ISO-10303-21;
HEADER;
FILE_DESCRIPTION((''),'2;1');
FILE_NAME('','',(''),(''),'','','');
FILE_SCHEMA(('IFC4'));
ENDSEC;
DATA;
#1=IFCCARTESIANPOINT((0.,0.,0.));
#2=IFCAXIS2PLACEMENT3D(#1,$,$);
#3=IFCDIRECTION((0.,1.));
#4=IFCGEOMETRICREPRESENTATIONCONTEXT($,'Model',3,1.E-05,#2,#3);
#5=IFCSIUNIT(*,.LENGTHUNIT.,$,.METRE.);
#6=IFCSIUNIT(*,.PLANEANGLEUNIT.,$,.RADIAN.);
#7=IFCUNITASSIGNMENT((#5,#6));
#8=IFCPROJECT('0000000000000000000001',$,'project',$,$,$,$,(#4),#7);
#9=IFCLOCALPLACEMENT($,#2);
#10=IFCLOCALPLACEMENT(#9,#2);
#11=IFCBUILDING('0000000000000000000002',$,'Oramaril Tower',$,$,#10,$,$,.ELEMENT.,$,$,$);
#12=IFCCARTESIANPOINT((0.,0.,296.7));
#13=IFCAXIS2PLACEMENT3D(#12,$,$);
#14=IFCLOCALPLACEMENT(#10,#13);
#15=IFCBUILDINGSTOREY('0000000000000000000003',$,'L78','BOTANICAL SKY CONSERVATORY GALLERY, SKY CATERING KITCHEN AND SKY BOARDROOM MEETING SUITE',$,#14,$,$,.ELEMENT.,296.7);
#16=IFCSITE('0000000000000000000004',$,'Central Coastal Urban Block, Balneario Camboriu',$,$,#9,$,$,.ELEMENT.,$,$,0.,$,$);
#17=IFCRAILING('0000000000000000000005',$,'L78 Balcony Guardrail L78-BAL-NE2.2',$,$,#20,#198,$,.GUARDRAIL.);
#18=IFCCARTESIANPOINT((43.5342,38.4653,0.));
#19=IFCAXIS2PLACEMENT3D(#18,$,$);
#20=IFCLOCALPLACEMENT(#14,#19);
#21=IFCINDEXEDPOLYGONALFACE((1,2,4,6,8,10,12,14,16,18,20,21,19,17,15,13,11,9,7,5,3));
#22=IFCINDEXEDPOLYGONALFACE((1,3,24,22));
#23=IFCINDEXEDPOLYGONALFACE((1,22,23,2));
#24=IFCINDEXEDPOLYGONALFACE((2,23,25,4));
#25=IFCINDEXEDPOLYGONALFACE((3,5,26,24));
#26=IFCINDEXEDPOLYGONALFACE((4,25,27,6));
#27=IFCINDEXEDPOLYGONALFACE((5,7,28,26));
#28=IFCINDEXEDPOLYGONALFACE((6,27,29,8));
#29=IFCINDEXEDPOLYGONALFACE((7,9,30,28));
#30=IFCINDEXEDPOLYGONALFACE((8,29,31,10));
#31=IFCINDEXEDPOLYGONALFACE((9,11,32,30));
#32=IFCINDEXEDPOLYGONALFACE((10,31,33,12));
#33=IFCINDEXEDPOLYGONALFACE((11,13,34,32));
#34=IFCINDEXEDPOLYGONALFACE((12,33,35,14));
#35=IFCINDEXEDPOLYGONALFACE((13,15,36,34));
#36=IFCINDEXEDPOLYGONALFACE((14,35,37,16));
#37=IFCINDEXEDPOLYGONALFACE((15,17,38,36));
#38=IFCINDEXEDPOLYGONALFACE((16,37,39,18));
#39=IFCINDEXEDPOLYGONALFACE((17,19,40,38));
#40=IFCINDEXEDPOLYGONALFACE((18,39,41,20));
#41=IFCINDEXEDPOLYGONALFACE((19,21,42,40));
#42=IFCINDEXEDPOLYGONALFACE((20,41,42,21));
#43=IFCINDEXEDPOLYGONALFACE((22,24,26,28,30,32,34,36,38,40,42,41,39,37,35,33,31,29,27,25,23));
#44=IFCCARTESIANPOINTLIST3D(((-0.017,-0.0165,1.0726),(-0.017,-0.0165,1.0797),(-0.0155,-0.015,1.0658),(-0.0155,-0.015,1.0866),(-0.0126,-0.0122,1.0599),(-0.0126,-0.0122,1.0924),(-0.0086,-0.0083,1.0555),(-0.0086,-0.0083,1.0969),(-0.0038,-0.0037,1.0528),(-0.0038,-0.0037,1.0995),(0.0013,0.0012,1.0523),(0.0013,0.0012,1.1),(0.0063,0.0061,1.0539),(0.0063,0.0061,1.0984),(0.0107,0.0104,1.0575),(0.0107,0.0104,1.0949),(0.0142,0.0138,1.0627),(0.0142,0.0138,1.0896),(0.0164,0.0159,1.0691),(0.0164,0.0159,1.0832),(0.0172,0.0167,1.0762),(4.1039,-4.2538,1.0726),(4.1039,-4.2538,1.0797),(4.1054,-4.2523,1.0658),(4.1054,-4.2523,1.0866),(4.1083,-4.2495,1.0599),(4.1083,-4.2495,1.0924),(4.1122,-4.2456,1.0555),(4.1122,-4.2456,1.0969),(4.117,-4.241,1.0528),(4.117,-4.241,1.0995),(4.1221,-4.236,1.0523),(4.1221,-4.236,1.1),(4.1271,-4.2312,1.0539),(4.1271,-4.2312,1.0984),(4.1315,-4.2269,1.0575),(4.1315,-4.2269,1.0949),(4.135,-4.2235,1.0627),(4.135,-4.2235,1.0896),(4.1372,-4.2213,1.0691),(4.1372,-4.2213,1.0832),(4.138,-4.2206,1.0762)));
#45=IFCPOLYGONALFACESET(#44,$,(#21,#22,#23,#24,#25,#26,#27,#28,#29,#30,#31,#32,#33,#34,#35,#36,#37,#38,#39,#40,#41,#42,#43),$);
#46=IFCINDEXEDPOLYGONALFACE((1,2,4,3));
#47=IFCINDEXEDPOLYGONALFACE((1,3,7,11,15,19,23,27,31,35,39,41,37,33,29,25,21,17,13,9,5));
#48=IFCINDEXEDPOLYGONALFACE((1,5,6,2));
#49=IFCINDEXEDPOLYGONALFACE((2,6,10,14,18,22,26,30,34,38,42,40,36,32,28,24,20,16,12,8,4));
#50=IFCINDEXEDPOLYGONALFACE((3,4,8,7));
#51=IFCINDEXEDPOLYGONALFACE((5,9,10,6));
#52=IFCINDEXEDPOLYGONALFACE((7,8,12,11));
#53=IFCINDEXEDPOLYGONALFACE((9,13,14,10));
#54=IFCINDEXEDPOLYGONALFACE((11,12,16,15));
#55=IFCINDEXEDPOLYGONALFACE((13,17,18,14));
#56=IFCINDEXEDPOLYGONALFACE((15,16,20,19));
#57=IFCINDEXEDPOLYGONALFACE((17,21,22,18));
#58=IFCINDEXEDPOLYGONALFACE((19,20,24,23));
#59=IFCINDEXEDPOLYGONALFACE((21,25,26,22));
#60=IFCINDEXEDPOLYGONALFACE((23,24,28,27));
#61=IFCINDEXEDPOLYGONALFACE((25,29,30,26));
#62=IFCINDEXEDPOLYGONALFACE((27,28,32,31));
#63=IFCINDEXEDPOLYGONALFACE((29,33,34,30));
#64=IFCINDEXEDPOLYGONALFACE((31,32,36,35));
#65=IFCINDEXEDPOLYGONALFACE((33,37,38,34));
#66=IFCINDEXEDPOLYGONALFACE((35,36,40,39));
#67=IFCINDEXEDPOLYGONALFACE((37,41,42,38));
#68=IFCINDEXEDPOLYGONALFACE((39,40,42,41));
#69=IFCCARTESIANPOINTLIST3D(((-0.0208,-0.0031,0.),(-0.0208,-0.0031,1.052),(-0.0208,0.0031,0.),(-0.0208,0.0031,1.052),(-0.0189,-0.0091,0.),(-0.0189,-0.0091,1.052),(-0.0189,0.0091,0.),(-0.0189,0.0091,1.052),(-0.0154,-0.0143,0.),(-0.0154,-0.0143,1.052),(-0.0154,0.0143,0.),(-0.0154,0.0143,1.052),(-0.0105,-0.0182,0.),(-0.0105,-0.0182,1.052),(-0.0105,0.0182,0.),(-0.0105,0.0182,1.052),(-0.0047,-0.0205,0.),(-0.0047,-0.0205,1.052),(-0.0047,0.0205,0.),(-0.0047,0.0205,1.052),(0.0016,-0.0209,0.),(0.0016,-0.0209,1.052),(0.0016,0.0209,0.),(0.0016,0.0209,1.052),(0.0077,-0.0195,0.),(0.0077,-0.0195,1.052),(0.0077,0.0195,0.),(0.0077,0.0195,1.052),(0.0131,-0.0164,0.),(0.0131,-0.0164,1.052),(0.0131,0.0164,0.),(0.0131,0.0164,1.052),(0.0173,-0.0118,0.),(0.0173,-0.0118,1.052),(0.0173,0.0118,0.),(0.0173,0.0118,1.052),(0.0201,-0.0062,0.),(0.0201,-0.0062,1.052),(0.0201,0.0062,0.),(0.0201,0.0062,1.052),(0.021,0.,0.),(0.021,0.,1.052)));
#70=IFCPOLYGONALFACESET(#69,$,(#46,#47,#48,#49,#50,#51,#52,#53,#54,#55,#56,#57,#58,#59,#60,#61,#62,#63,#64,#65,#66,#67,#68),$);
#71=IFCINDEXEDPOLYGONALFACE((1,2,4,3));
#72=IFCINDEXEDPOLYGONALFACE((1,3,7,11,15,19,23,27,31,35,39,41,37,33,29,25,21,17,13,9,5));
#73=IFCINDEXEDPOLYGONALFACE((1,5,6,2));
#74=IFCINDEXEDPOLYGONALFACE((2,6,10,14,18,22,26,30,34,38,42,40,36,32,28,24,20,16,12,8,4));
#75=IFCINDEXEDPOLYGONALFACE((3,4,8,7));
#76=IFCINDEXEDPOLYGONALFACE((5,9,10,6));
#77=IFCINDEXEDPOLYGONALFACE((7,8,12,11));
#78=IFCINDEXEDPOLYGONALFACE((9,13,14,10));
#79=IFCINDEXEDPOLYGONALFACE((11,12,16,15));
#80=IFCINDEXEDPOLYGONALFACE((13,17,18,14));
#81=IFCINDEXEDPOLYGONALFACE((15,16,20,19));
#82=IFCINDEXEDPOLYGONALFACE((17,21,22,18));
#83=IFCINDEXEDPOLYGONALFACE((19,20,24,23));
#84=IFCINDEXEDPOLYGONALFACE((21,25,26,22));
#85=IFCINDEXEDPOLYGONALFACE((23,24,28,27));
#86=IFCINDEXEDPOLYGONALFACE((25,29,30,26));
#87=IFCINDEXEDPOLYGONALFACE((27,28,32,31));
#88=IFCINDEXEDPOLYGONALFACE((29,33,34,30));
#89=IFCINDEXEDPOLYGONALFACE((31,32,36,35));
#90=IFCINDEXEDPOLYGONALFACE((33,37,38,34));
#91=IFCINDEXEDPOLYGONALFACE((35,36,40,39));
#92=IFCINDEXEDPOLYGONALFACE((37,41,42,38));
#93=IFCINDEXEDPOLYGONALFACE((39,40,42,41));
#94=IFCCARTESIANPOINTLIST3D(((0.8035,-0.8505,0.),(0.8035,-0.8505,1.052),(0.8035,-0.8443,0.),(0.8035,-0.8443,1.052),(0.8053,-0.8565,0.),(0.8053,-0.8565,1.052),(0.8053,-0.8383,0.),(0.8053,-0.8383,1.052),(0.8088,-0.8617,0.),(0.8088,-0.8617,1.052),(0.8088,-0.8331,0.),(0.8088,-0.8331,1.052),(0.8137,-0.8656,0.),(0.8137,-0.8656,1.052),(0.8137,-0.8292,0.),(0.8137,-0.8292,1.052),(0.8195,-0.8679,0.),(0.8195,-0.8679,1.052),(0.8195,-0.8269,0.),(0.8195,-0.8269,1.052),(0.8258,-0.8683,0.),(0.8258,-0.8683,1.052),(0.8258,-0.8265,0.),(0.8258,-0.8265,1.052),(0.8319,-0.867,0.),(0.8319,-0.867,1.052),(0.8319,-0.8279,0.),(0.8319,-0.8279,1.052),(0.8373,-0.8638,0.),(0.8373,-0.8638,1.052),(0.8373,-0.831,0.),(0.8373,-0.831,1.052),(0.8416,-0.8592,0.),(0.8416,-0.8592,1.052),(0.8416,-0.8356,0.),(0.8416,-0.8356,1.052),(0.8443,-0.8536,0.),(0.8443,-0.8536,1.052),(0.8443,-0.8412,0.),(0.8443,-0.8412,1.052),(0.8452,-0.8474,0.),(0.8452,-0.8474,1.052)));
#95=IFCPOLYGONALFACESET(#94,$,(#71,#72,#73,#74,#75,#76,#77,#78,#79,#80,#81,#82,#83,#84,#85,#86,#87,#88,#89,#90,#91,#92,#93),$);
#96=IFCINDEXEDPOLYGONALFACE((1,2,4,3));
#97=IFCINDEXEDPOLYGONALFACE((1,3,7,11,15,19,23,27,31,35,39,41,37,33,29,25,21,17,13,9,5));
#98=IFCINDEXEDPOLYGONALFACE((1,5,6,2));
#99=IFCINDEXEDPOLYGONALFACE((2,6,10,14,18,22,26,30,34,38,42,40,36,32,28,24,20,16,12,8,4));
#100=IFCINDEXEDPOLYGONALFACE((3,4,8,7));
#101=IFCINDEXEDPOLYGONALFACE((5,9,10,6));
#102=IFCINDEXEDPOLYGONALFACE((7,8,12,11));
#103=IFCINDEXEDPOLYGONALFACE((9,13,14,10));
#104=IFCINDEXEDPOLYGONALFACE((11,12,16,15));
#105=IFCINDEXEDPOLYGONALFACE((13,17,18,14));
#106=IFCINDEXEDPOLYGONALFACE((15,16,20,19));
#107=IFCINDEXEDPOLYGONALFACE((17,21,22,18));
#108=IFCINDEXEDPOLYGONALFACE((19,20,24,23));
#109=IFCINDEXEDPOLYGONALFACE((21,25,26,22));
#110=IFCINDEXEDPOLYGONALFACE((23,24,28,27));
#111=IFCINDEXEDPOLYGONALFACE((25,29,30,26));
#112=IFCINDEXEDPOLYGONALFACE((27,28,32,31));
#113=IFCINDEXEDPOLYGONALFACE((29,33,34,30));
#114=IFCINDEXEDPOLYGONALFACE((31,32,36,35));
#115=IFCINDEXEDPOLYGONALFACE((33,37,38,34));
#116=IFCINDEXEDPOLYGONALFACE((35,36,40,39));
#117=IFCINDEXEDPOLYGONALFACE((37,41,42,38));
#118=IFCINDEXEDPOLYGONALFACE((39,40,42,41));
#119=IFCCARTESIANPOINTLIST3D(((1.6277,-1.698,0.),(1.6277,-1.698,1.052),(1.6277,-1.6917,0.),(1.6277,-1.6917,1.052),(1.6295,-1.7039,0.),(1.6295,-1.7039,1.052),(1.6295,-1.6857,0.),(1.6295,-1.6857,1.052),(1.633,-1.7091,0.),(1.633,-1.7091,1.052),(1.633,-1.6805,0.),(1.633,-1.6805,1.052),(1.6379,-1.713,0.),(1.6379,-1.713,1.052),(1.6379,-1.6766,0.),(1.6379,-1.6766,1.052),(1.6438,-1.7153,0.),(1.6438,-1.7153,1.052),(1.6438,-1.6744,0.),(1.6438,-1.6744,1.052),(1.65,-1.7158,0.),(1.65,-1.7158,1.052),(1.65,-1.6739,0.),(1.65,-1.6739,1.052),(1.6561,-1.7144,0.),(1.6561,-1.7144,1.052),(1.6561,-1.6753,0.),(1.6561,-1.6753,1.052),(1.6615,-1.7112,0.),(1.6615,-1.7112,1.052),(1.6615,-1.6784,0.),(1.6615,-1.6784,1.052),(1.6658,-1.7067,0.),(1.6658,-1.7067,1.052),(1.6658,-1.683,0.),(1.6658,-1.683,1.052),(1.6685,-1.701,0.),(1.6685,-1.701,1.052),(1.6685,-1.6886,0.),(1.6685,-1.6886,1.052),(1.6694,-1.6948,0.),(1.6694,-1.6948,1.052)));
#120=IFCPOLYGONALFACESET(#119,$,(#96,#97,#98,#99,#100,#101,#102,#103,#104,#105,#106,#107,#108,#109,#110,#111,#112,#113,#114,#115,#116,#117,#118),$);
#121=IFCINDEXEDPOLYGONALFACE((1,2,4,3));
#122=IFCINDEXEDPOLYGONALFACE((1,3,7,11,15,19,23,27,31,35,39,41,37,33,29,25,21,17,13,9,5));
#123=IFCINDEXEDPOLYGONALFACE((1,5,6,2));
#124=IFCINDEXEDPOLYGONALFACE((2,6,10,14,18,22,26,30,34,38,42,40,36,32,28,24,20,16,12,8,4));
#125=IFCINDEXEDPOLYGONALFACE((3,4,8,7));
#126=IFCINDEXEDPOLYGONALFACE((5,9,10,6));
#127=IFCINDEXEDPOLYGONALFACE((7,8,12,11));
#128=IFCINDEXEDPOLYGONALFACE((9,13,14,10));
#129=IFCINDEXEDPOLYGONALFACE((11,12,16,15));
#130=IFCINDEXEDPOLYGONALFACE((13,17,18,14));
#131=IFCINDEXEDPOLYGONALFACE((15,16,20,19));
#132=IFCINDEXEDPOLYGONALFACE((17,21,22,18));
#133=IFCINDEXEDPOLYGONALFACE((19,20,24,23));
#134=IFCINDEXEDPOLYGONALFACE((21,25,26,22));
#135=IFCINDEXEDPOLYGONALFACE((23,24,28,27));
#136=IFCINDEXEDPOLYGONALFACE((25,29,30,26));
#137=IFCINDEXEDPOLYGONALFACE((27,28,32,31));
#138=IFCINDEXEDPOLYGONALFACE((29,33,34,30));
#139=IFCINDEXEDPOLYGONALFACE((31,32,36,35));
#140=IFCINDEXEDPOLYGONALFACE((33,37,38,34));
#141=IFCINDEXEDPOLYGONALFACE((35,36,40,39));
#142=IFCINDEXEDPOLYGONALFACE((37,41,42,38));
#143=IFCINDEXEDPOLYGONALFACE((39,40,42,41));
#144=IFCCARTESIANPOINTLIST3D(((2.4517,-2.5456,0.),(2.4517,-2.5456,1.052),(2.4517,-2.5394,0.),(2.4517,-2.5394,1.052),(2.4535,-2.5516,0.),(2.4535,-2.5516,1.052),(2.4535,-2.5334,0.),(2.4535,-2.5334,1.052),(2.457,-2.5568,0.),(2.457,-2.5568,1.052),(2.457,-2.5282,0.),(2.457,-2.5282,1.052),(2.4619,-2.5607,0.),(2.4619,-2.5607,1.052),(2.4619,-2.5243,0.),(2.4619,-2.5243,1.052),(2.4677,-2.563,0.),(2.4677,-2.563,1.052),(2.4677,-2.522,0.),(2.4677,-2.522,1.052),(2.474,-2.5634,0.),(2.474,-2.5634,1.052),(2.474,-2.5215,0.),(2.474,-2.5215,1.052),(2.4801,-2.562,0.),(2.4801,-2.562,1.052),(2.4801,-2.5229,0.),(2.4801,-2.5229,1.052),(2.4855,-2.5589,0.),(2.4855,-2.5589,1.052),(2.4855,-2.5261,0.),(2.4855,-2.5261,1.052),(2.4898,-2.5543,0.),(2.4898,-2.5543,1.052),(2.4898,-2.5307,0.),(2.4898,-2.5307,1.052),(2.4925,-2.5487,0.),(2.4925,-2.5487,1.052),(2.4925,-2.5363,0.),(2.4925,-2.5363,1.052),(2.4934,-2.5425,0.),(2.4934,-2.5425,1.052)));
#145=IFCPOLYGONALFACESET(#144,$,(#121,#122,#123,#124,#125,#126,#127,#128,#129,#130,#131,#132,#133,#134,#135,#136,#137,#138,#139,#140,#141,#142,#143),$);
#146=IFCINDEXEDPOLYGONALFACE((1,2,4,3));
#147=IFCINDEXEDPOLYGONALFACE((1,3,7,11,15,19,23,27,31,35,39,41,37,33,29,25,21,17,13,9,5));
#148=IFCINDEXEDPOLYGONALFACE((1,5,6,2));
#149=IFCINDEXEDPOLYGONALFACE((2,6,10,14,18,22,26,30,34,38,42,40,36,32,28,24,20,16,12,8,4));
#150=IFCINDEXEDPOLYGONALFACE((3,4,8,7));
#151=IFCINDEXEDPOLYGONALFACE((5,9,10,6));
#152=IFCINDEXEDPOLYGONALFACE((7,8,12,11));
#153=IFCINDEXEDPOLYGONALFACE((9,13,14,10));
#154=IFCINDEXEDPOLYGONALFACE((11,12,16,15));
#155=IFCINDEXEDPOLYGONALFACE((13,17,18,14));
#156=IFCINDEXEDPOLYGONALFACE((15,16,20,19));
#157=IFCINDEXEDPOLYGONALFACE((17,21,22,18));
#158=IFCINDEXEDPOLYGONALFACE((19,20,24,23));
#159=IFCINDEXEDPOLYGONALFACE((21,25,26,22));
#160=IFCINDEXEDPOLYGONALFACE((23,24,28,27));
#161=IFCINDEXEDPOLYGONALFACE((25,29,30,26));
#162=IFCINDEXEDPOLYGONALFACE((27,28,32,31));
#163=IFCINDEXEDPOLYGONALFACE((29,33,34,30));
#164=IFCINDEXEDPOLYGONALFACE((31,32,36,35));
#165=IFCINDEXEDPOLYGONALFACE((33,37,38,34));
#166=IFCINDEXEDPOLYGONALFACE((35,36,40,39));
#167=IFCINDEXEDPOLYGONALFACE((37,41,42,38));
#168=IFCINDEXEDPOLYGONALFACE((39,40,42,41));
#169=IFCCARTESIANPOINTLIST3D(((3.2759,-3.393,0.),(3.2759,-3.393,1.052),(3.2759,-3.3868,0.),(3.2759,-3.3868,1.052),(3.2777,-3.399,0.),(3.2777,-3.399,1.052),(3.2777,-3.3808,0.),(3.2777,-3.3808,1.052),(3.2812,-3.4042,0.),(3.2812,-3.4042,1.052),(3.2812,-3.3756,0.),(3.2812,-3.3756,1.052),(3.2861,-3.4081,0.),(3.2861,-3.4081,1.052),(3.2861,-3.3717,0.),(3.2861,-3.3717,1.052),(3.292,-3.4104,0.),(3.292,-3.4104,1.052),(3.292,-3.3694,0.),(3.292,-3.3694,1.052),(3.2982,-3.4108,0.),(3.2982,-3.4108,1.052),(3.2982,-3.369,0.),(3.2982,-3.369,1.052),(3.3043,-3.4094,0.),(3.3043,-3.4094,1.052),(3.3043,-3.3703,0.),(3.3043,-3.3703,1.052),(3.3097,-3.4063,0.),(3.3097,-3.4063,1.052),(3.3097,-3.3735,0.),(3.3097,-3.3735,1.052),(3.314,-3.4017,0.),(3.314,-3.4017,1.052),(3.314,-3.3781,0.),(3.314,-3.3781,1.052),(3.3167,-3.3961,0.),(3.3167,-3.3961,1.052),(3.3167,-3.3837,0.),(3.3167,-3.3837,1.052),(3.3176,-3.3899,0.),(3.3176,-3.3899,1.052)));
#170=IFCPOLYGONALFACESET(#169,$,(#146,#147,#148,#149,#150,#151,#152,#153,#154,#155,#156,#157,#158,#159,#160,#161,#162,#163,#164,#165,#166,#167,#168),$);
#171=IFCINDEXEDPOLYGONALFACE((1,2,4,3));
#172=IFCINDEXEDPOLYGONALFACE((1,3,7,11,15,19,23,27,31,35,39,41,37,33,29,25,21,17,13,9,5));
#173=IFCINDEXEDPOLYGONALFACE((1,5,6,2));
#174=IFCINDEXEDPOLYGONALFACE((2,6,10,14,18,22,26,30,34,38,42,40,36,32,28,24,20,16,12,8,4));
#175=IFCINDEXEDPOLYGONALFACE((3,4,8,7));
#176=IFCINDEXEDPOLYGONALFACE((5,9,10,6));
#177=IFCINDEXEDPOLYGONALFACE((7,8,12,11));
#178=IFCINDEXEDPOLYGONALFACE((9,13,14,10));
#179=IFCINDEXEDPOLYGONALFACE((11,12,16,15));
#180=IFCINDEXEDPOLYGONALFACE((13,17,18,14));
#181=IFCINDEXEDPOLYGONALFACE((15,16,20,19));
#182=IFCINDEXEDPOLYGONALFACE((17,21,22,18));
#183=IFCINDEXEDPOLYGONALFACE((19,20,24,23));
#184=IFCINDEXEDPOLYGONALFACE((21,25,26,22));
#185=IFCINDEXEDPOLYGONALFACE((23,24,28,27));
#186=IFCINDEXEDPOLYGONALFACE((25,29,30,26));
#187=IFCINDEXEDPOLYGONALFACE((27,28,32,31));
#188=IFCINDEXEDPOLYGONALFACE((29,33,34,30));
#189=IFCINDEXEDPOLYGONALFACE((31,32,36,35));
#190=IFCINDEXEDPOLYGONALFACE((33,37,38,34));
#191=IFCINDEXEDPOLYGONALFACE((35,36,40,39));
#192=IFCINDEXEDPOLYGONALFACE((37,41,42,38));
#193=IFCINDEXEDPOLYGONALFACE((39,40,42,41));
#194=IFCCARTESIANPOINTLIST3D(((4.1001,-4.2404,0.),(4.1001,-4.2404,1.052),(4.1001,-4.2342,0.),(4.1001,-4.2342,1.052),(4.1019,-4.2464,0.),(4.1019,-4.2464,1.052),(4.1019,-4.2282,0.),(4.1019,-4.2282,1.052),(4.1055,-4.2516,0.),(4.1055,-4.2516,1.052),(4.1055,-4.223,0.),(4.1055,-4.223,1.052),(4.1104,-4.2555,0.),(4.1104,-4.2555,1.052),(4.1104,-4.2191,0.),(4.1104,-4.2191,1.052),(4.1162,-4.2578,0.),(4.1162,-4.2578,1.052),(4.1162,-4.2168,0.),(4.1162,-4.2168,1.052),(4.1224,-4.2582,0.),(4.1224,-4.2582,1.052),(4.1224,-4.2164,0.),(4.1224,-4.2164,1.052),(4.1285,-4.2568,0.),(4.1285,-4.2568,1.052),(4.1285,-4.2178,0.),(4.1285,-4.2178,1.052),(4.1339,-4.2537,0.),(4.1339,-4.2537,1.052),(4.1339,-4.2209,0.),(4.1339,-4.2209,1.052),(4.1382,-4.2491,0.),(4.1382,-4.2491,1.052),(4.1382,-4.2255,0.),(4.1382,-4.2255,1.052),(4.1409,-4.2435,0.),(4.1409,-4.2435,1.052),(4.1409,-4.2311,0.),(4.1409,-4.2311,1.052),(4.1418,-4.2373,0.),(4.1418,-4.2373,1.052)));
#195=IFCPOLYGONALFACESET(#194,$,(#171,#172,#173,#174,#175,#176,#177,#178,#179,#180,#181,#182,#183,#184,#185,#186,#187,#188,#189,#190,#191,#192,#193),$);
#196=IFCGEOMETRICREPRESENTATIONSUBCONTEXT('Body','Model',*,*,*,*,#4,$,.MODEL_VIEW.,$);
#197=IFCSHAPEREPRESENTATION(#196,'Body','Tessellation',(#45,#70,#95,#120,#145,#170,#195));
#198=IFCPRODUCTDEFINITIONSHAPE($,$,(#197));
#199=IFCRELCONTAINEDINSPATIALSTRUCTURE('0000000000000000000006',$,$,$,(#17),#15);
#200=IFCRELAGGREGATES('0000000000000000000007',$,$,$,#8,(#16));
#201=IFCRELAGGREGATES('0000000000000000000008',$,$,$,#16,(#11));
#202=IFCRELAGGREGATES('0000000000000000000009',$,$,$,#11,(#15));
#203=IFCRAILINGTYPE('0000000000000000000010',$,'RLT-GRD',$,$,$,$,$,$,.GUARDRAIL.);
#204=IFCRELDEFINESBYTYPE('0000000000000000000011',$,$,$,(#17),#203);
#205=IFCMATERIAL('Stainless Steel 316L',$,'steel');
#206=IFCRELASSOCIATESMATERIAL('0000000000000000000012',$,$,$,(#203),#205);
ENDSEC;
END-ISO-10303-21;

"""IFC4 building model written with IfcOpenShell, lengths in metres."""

from ifc_helpers import new_model, si_unit, direction, frame, origin, origin_2d, place, context, subcontext, project, spatial, circle, extrude, material, type_object, element, save


model = new_model("IFC4")

# Units and contexts
model_context = context("Model", 3, precision=1e-05, world=origin(), true_north=direction((0.0, 1.0)))
body_context = subcontext(model_context, "Body", "Model", "MODEL_VIEW")
ifc_project = project(units=[si_unit("LENGTHUNIT", "METRE"), si_unit("PLANEANGLEUNIT", "RADIAN")], contexts=[model_context])

# Site, building, storey
site_placement = place(None, origin())
site = spatial("IfcSite", under=ifc_project, at=site_placement, Name="Central Coastal Urban Block, Balneario Camboriu", CompositionType="ELEMENT", RefElevation=0.0)
building_placement = place(site_placement, origin())
building = spatial("IfcBuilding", under=site, at=building_placement, Name="Oramaril Tower", CompositionType="ELEMENT")
storey_placement = place(building_placement, frame((0.0, 0.0, 296.7)))
storey = spatial("IfcBuildingStorey", under=building, at=storey_placement, Name="L78", Description="BOTANICAL SKY CONSERVATORY GALLERY, SKY CATERING KITCHEN AND SKY BOARDROOM MEETING SUITE", CompositionType="ELEMENT", Elevation=296.7)

# Railing
ifc_material_1 = material(Name="Stainless Steel 316L", Category="steel")
railing_type = type_object("IfcRailingType", Name="RLT-GRD", PredefinedType="GUARDRAIL", material=ifc_material_1)
railing_1_placement = place(storey_placement, frame((43.5342, 38.4653, 0.0)))
element("IfcRailing", 1, at=railing_1_placement, inside=storey, type_object=railing_type, Name="L78 Balcony Guardrail L78-BAL-NE2.2", PredefinedType="GUARDRAIL", context=body_context, shape_type="SweptSolid", body=[
    extrude(circle(Radius=0.0239, at=origin_2d()), frame((0.0, 0.0, 1.0762), z_axis=(0.697187, -0.716889, 0.0), x_axis=(0.716889, 0.697187, 0.0)), (0.0, 0.0, 1.0), 5.9106),
    extrude(circle(Radius=0.021, at=origin_2d()), origin(), (0.0, 0.0, 1.0), 1.052),
    extrude(circle(Radius=0.021, at=origin_2d()), frame((0.8242, -0.8474, 0.0)), (0.0, 0.0, 1.0), 1.052),
    extrude(circle(Radius=0.021, at=origin_2d()), frame((1.6484, -1.6948, 0.0)), (0.0, 0.0, 1.0), 1.052),
    extrude(circle(Radius=0.021, at=origin_2d()), frame((2.4724, -2.5425, 0.0)), (0.0, 0.0, 1.0), 1.052),
    extrude(circle(Radius=0.021, at=origin_2d()), frame((3.2966, -3.3899, 0.0)), (0.0, 0.0, 1.0), 1.052),
    extrude(circle(Radius=0.021, at=origin_2d()), frame((4.1208, -4.2373, 0.0)), (0.0, 0.0, 1.0), 1.052),
])

save(model, "model.ifc")
